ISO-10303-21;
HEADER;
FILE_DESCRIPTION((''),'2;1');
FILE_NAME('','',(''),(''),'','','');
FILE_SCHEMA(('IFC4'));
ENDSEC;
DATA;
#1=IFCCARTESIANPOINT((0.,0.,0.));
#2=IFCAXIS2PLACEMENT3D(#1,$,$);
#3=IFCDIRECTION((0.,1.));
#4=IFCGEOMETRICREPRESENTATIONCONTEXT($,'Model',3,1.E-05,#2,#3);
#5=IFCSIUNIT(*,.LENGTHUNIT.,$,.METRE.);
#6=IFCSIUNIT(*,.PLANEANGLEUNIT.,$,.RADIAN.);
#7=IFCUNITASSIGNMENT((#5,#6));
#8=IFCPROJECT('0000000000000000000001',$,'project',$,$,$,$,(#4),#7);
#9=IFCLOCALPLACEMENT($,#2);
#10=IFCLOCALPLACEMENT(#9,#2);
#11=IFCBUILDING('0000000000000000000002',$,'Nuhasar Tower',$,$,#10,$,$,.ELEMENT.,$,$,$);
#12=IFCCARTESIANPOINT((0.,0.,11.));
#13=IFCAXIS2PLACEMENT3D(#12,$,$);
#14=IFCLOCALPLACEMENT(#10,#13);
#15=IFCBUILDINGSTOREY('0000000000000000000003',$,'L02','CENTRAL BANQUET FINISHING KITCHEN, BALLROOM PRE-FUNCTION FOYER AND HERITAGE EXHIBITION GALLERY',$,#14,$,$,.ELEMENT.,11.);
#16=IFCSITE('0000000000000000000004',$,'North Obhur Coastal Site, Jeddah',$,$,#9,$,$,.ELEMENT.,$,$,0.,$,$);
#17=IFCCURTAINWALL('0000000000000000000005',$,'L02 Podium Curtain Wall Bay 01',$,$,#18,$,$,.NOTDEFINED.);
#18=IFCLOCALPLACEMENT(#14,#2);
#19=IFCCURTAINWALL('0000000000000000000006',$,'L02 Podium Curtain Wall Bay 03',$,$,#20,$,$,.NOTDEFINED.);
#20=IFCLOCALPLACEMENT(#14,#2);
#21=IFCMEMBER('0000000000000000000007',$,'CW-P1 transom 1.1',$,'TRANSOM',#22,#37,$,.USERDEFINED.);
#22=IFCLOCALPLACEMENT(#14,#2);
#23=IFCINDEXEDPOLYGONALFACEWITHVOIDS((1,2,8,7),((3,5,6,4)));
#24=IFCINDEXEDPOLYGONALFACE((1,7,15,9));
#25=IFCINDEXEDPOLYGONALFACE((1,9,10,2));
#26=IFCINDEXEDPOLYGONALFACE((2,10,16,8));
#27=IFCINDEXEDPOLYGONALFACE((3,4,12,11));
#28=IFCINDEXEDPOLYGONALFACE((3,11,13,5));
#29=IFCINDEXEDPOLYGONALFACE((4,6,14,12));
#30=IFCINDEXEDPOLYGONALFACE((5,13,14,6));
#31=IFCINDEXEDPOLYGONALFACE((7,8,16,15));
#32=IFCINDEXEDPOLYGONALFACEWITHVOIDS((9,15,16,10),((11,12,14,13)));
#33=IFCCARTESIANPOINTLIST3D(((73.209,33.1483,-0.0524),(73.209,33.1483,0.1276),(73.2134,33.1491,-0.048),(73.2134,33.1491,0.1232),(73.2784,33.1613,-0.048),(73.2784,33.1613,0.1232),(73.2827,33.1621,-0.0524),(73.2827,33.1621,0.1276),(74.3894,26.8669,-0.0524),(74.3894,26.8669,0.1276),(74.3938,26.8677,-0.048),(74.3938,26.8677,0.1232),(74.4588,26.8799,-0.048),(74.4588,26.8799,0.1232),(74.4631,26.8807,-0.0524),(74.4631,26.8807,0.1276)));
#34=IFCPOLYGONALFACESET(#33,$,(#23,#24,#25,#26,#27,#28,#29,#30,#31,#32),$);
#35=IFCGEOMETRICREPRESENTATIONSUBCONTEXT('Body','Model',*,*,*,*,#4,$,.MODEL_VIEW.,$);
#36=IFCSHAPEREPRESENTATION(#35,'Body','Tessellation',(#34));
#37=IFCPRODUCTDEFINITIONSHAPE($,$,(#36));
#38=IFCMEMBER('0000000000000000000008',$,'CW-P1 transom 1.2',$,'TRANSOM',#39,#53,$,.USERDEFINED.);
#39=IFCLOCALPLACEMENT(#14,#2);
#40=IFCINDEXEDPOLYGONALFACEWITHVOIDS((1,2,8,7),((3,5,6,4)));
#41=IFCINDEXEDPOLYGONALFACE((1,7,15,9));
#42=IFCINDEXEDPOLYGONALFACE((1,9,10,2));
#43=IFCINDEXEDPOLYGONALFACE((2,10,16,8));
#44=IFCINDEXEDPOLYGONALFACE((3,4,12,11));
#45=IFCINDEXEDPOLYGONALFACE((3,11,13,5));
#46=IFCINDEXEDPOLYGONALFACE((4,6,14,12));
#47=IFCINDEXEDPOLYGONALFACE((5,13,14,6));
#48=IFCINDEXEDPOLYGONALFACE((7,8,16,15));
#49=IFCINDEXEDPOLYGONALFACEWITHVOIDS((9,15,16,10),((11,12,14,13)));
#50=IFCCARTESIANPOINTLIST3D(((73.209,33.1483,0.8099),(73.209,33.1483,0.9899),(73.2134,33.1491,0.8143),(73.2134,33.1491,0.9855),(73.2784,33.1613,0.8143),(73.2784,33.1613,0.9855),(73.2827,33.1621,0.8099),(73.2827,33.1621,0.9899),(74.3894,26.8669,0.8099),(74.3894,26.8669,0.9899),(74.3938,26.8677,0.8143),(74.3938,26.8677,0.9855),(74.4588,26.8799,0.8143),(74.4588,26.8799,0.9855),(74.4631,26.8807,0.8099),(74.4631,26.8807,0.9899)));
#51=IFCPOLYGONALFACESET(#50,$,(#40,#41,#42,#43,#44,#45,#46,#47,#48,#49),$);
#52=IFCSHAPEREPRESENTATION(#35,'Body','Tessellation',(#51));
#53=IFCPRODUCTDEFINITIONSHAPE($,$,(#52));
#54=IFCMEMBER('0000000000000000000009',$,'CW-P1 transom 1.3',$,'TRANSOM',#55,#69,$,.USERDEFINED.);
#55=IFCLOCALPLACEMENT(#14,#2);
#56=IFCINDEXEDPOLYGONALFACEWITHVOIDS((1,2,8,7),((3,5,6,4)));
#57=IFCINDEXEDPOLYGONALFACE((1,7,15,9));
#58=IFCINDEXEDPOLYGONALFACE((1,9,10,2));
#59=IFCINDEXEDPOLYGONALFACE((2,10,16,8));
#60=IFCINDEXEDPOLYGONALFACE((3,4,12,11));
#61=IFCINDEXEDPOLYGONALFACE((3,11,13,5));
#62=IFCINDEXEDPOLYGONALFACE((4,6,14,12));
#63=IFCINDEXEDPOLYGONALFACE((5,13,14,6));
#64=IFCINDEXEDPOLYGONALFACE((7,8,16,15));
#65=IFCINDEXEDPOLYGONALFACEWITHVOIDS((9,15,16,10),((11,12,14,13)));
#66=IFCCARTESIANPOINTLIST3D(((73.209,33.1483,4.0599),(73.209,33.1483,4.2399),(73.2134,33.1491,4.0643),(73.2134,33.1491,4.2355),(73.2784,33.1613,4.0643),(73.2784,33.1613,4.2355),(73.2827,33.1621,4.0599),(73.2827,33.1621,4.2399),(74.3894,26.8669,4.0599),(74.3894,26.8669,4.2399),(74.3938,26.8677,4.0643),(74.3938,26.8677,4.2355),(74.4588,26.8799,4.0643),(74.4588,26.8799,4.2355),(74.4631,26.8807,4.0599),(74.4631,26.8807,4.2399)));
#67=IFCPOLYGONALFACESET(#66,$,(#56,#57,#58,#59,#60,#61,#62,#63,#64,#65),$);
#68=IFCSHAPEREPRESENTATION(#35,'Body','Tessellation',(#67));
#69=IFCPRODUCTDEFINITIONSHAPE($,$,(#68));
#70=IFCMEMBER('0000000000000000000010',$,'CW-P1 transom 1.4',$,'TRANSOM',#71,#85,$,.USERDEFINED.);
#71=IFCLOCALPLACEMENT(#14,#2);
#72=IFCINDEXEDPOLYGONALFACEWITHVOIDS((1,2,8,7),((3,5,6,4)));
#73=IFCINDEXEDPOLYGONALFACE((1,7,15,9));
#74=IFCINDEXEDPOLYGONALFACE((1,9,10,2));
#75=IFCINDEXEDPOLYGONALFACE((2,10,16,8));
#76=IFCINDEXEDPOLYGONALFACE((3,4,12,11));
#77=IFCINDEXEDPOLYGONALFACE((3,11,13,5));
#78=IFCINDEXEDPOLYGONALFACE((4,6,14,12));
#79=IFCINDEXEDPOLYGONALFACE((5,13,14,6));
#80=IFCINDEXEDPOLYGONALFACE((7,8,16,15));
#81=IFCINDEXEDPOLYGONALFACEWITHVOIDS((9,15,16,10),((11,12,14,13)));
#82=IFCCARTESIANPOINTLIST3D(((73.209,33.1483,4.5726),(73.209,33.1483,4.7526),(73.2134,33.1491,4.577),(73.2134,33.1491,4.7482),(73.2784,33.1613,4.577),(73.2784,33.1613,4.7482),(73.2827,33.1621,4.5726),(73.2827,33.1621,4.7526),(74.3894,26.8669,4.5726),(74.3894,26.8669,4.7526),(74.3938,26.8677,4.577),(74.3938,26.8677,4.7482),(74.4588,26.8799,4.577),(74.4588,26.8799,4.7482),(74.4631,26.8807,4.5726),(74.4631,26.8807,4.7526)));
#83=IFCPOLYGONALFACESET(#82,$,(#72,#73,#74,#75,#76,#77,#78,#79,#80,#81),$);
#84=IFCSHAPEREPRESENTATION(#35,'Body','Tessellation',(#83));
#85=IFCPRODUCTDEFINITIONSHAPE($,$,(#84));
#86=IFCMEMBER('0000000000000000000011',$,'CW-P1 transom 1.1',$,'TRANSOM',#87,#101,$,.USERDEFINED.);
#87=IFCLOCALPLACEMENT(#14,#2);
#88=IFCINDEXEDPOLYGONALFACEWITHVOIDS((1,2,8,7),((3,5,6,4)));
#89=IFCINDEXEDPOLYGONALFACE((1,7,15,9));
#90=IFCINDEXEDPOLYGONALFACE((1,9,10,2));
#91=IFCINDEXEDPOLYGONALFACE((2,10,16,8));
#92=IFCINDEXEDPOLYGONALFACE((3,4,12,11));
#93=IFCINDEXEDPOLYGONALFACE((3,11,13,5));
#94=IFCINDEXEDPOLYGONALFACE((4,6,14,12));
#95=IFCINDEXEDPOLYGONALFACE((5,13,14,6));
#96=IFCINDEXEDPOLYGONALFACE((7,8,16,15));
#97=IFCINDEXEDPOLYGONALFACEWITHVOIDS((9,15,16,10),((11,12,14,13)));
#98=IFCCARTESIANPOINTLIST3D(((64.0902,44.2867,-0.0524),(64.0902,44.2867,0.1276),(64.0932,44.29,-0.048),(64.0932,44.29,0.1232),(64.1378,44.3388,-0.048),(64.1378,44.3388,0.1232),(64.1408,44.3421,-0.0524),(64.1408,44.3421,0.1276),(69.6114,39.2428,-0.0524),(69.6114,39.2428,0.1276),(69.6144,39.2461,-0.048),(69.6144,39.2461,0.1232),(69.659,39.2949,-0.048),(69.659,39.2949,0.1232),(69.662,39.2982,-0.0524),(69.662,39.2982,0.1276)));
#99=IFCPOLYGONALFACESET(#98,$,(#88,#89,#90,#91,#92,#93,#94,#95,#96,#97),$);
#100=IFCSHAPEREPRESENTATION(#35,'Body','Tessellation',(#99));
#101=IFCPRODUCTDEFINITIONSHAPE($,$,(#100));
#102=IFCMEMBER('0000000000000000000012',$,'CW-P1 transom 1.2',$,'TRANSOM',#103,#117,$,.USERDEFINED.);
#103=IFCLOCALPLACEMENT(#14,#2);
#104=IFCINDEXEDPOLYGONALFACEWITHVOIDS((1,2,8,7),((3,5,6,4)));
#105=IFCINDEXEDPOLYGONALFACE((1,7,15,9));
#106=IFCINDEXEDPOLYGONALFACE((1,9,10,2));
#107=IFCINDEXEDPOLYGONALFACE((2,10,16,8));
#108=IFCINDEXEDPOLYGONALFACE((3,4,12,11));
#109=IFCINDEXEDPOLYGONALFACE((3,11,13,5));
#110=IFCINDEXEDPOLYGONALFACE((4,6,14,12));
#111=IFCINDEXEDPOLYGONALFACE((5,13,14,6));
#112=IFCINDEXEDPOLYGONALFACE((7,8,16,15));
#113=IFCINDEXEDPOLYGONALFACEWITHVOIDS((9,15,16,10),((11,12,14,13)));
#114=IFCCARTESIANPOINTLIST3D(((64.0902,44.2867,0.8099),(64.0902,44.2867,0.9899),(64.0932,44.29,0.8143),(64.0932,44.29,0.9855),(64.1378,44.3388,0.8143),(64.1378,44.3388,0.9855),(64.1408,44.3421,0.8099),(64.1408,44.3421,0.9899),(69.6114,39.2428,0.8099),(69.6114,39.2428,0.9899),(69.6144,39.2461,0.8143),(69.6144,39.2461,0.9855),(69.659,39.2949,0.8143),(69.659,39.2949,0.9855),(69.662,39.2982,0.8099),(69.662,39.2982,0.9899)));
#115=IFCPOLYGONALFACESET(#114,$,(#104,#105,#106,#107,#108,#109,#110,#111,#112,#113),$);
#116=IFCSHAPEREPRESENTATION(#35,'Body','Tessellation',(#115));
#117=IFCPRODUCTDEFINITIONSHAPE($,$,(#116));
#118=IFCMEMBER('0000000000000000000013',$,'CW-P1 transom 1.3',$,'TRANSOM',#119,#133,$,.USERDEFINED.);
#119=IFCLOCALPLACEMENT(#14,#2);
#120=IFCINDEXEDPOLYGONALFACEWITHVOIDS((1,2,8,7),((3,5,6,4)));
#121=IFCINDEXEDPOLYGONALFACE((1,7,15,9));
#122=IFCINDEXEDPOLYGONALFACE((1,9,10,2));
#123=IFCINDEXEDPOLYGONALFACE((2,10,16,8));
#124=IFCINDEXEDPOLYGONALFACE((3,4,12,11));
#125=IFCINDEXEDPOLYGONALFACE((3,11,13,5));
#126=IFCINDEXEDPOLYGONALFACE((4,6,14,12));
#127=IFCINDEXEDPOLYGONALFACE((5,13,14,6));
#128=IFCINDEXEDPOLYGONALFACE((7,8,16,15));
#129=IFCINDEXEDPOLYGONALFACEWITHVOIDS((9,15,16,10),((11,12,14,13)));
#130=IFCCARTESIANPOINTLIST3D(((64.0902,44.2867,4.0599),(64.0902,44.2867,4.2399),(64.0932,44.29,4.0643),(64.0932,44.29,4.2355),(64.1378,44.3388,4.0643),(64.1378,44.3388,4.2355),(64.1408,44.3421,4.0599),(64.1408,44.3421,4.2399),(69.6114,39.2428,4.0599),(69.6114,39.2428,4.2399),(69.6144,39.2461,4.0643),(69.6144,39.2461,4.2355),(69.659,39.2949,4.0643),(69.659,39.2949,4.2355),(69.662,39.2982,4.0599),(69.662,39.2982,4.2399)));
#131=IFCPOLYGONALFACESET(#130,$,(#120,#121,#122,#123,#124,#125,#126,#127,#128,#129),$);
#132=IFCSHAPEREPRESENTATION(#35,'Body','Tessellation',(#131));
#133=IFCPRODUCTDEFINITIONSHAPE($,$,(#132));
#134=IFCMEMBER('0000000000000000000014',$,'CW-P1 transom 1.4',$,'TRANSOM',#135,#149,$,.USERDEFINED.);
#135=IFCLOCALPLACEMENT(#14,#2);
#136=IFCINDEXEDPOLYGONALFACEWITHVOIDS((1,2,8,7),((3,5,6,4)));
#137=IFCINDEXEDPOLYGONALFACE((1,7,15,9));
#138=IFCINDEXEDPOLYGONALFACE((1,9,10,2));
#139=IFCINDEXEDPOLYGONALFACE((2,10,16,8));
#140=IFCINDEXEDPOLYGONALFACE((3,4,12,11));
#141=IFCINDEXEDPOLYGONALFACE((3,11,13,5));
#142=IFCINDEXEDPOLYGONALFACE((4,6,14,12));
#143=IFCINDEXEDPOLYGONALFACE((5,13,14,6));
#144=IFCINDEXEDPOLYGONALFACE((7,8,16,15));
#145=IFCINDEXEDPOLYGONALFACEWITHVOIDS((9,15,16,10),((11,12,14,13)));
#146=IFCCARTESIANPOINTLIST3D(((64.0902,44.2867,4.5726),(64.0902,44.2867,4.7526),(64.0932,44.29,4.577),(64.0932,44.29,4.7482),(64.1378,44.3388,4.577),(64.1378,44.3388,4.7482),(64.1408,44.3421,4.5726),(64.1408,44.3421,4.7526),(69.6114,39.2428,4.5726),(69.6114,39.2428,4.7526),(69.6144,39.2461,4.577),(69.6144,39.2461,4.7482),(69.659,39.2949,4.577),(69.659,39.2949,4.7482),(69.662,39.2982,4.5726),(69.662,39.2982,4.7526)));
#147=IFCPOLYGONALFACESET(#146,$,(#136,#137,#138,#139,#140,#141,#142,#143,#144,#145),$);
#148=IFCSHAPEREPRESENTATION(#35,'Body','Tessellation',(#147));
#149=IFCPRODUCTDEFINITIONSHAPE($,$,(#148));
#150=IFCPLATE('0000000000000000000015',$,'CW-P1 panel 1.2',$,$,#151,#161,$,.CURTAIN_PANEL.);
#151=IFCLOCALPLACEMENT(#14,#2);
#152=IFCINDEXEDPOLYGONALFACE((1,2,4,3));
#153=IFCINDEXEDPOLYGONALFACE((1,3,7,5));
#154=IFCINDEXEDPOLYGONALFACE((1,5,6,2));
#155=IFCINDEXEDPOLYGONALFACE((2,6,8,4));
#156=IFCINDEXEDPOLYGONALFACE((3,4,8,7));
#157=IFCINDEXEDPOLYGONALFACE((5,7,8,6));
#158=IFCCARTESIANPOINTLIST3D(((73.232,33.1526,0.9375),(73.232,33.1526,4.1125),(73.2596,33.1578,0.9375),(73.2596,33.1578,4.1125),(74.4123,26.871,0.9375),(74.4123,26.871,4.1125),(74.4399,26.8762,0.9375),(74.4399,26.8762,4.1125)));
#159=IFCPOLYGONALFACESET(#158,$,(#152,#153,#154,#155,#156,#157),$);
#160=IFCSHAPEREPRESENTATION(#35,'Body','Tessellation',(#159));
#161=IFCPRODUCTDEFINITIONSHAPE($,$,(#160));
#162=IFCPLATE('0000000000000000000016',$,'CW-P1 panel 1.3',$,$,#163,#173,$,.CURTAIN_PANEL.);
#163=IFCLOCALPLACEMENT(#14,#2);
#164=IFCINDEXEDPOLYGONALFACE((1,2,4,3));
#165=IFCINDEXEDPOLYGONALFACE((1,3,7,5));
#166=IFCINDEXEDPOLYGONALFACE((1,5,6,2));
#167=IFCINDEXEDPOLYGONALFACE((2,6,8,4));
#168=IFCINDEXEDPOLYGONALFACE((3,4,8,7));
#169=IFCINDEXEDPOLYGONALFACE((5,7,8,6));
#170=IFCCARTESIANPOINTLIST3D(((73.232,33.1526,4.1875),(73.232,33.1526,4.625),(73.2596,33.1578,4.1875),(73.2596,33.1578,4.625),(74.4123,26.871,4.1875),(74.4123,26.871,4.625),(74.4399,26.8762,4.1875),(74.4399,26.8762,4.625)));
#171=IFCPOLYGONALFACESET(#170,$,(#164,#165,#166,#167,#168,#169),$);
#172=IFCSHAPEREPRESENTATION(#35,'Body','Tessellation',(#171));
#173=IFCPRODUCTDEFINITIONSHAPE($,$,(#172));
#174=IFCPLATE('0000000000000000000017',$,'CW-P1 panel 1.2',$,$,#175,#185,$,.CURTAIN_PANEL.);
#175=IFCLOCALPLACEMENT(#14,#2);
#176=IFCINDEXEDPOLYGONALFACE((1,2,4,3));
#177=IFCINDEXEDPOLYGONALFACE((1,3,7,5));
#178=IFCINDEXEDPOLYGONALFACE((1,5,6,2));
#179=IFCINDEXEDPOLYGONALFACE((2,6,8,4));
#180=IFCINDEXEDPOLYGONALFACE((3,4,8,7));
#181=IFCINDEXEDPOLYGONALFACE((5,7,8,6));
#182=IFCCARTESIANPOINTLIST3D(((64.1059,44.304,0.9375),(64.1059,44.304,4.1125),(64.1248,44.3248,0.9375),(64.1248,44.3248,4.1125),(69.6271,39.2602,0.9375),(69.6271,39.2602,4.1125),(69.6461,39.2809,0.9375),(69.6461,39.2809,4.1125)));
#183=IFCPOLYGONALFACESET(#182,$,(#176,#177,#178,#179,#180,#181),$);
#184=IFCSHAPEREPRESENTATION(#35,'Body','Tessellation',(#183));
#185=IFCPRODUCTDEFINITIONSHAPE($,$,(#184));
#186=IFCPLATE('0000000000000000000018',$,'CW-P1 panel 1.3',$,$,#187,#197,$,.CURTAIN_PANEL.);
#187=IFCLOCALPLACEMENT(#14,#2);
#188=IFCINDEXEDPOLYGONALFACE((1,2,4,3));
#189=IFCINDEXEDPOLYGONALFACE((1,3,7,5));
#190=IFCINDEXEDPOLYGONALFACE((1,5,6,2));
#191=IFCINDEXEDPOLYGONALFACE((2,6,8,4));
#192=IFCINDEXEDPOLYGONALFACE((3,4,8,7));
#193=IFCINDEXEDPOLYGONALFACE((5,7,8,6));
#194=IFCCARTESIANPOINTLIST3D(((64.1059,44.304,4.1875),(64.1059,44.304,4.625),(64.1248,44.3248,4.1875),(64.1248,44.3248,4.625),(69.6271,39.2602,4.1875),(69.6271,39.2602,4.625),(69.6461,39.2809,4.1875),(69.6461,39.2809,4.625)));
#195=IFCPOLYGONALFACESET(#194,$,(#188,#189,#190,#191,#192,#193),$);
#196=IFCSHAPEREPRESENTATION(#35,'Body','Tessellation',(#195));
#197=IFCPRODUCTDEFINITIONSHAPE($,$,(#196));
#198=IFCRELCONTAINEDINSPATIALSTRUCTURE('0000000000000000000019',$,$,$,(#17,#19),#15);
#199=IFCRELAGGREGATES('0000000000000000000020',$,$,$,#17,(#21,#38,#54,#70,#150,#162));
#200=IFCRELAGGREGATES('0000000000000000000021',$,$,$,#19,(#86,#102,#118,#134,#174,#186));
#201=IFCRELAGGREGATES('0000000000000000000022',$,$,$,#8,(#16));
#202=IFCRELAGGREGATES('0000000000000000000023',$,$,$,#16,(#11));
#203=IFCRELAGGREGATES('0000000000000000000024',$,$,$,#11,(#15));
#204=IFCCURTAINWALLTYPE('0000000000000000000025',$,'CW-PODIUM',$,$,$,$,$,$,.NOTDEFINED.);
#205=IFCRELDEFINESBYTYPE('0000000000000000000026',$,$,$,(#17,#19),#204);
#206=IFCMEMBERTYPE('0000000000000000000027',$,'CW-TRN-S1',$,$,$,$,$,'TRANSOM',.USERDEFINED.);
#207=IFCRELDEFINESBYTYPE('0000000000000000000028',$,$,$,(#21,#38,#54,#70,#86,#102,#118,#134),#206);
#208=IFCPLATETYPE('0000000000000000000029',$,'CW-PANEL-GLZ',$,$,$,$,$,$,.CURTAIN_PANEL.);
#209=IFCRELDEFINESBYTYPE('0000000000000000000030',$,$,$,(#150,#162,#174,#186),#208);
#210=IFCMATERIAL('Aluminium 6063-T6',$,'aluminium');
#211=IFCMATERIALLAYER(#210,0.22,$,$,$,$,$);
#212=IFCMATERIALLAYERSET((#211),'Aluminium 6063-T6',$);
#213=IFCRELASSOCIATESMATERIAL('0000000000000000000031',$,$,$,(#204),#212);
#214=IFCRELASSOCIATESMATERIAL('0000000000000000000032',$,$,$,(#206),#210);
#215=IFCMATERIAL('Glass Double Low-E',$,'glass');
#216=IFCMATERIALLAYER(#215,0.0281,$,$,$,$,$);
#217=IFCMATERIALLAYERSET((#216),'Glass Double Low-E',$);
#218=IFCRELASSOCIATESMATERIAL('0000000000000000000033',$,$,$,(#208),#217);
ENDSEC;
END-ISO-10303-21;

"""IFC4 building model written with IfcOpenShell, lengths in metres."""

from ifc_helpers import new_model, si_unit, direction, frame, origin, origin_2d, place, context, subcontext, project, spatial, rectangle, hollow_rectangle, extrude, material, layer, layer_set, material_profile, profile_set, type_object, element, aggregate, save


model = new_model("IFC4")

# Units and contexts
model_context = context("Model", 3, precision=1e-05, world=origin(), true_north=direction((0.0, 1.0)))
body_context = subcontext(model_context, "Body", "Model", "MODEL_VIEW")
ifc_project = project(units=[si_unit("LENGTHUNIT", "METRE"), si_unit("PLANEANGLEUNIT", "RADIAN")], contexts=[model_context])

# Site, building, storey
site_placement = place(None, origin())
site = spatial("IfcSite", under=ifc_project, at=site_placement, Name="North Obhur Coastal Site, Jeddah", CompositionType="ELEMENT", RefElevation=0.0)
building_placement = place(site_placement, origin())
building = spatial("IfcBuilding", under=site, at=building_placement, Name="Nuhasar Tower", CompositionType="ELEMENT")
storey_placement = place(building_placement, frame((0.0, 0.0, 11.0)))
storey = spatial("IfcBuildingStorey", under=building, at=storey_placement, Name="L02", Description="CENTRAL BANQUET FINISHING KITCHEN, BALLROOM PRE-FUNCTION FOYER AND HERITAGE EXHIBITION GALLERY", CompositionType="ELEMENT", Elevation=11.0)

# Curtain walls
ifc_material_1 = material(Name="Aluminium 6063-T6", Category="aluminium")
ifc_layer_1 = layer(ifc_material_1, 0.22)
ifc_layer_set_1 = layer_set([ifc_layer_1], Name="Aluminium 6063-T6")
curtain_wall_type = type_object("IfcCurtainWallType", Name="CW-PODIUM", PredefinedType="NOTDEFINED", material=ifc_layer_set_1)
curtain_wall_1_placement = place(storey_placement, origin())
curtain_wall_1 = element("IfcCurtainWall", 1, at=curtain_wall_1_placement, inside=storey, type_object=curtain_wall_type, Name="L02 Podium Curtain Wall Bay 01", PredefinedType="NOTDEFINED")
curtain_wall_2_placement = place(storey_placement, origin())
curtain_wall_2 = element("IfcCurtainWall", 2, at=curtain_wall_2_placement, inside=storey, type_object=curtain_wall_type, Name="L02 Podium Curtain Wall Bay 03", PredefinedType="NOTDEFINED")

# Members
ifc_material_profile_1 = material_profile(ifc_material_1, hollow_rectangle(XDim=0.075, YDim=0.1799, WallThickness=0.0044, at=origin_2d()), Name="CWT-1")
ifc_profile_set_1 = profile_set([ifc_material_profile_1], Name="Aluminium 6063-T6")
member_type_1 = type_object("IfcMemberType", Name="CW-TRN-S1", ElementType="TRANSOM", PredefinedType="USERDEFINED", material=ifc_profile_set_1)
member_1_placement = place(storey_placement, frame((74.4263, 26.8738, 0.0376), z_axis=(-0.184688, 0.982797, 0.0), x_axis=(-0.982797, -0.184688, 0.0)))
member_1 = element("IfcMember", 3, at=member_1_placement, type_object=member_type_1, Name="CW-P1 transom 1.1", ObjectType="TRANSOM", PredefinedType="USERDEFINED", context=body_context, shape_type="SweptSolid", body=[
    extrude(hollow_rectangle(XDim=0.075, YDim=0.1799, WallThickness=0.0044, at=origin_2d()), origin(), (0.0, 0.0, 1.0), 6.3914),
])
member_2_placement = place(storey_placement, frame((74.4263, 26.8738, 0.8999), z_axis=(-0.184688, 0.982797, 0.0), x_axis=(-0.982797, -0.184688, 0.0)))
member_2 = element("IfcMember", 4, at=member_2_placement, type_object=member_type_1, Name="CW-P1 transom 1.2", ObjectType="TRANSOM", PredefinedType="USERDEFINED", context=body_context, shape_type="SweptSolid", body=[
    extrude(hollow_rectangle(XDim=0.075, YDim=0.1799, WallThickness=0.0044, at=origin_2d()), origin(), (0.0, 0.0, 1.0), 6.3914),
])
member_3_placement = place(storey_placement, frame((74.4263, 26.8738, 4.1499), z_axis=(-0.184688, 0.982797, 0.0), x_axis=(-0.982797, -0.184688, 0.0)))
member_3 = element("IfcMember", 5, at=member_3_placement, type_object=member_type_1, Name="CW-P1 transom 1.3", ObjectType="TRANSOM", PredefinedType="USERDEFINED", context=body_context, shape_type="SweptSolid", body=[
    extrude(hollow_rectangle(XDim=0.075, YDim=0.1799, WallThickness=0.0044, at=origin_2d()), origin(), (0.0, 0.0, 1.0), 6.3914),
])
member_4_placement = place(storey_placement, frame((74.4263, 26.8738, 4.6626), z_axis=(-0.184688, 0.982797, 0.0), x_axis=(-0.982797, -0.184688, 0.0)))
member_4 = element("IfcMember", 6, at=member_4_placement, type_object=member_type_1, Name="CW-P1 transom 1.4", ObjectType="TRANSOM", PredefinedType="USERDEFINED", context=body_context, shape_type="SweptSolid", body=[
    extrude(hollow_rectangle(XDim=0.075, YDim=0.1799, WallThickness=0.0044, at=origin_2d()), origin(), (0.0, 0.0, 1.0), 6.3914),
])
member_5_placement = place(storey_placement, frame((69.6367, 39.2705, 0.0376), z_axis=(-0.738298, 0.674474, 0.0), x_axis=(-0.674474, -0.738298, 0.0)))
member_5 = element("IfcMember", 7, at=member_5_placement, type_object=member_type_1, Name="CW-P1 transom 1.1", ObjectType="TRANSOM", PredefinedType="USERDEFINED", context=body_context, shape_type="SweptSolid", body=[
    extrude(hollow_rectangle(XDim=0.075, YDim=0.1799, WallThickness=0.0044, at=origin_2d()), origin(), (0.0, 0.0, 1.0), 7.4783),
])
member_6_placement = place(storey_placement, frame((69.6367, 39.2705, 0.8999), z_axis=(-0.738298, 0.674474, 0.0), x_axis=(-0.674474, -0.738298, 0.0)))
member_6 = element("IfcMember", 8, at=member_6_placement, type_object=member_type_1, Name="CW-P1 transom 1.2", ObjectType="TRANSOM", PredefinedType="USERDEFINED", context=body_context, shape_type="SweptSolid", body=[
    extrude(hollow_rectangle(XDim=0.075, YDim=0.1799, WallThickness=0.0044, at=origin_2d()), origin(), (0.0, 0.0, 1.0), 7.4783),
])
member_7_placement = place(storey_placement, frame((69.6367, 39.2705, 4.1499), z_axis=(-0.738298, 0.674474, 0.0), x_axis=(-0.674474, -0.738298, 0.0)))
member_7 = element("IfcMember", 9, at=member_7_placement, type_object=member_type_1, Name="CW-P1 transom 1.3", ObjectType="TRANSOM", PredefinedType="USERDEFINED", context=body_context, shape_type="SweptSolid", body=[
    extrude(hollow_rectangle(XDim=0.075, YDim=0.1799, WallThickness=0.0044, at=origin_2d()), origin(), (0.0, 0.0, 1.0), 7.4783),
])
member_8_placement = place(storey_placement, frame((69.6367, 39.2705, 4.6626), z_axis=(-0.738298, 0.674474, 0.0), x_axis=(-0.674474, -0.738298, 0.0)))
member_8 = element("IfcMember", 10, at=member_8_placement, type_object=member_type_1, Name="CW-P1 transom 1.4", ObjectType="TRANSOM", PredefinedType="USERDEFINED", context=body_context, shape_type="SweptSolid", body=[
    extrude(hollow_rectangle(XDim=0.075, YDim=0.1799, WallThickness=0.0044, at=origin_2d()), origin(), (0.0, 0.0, 1.0), 7.4783),
])

# Plates
ifc_material_2 = material(Name="Glass Double Low-E", Category="glass")
ifc_layer_2 = layer(ifc_material_2, 0.0281)
ifc_layer_set_2 = layer_set([ifc_layer_2], Name="Glass Double Low-E")
plate_type_1 = type_object("IfcPlateType", Name="CW-PANEL-GLZ", PredefinedType="CURTAIN_PANEL", material=ifc_layer_set_2)
plate_1_placement = place(storey_placement, frame((73.8359, 30.0144, 0.9375), z_axis=(0.0, 0.0, 1.0), x_axis=(-0.184667, 0.982801, 0.0)))
plate_1 = element("IfcPlate", 11, at=plate_1_placement, type_object=plate_type_1, Name="CW-P1 panel 1.2", PredefinedType="CURTAIN_PANEL", context=body_context, shape_type="SweptSolid", body=[
    extrude(rectangle(XDim=6.3916, YDim=0.0281, at=origin_2d()), origin(), (0.0, 0.0, 1.0), 3.175),
])
plate_2_placement = place(storey_placement, frame((73.8359, 30.0144, 4.1875), z_axis=(0.0, 0.0, 1.0), x_axis=(-0.184667, 0.982801, 0.0)))
plate_2 = element("IfcPlate", 12, at=plate_2_placement, type_object=plate_type_1, Name="CW-P1 panel 1.3", PredefinedType="CURTAIN_PANEL", context=body_context, shape_type="SweptSolid", body=[
    extrude(rectangle(XDim=6.3916, YDim=0.0281, at=origin_2d()), origin(), (0.0, 0.0, 1.0), 0.4375),
])
plate_3_placement = place(storey_placement, frame((66.876, 41.7925, 0.9375), z_axis=(0.0, 0.0, 1.0), x_axis=(-0.738307, 0.674465, 0.0)))
plate_3 = element("IfcPlate", 13, at=plate_3_placement, type_object=plate_type_1, Name="CW-P1 panel 1.2", PredefinedType="CURTAIN_PANEL", context=body_context, shape_type="SweptSolid", body=[
    extrude(rectangle(XDim=7.4783, YDim=0.0281, at=origin_2d()), origin(), (0.0, 0.0, 1.0), 3.175),
])
plate_4_placement = place(storey_placement, frame((66.876, 41.7925, 4.1875), z_axis=(0.0, 0.0, 1.0), x_axis=(-0.738307, 0.674465, 0.0)))
plate_4 = element("IfcPlate", 14, at=plate_4_placement, type_object=plate_type_1, Name="CW-P1 panel 1.3", PredefinedType="CURTAIN_PANEL", context=body_context, shape_type="SweptSolid", body=[
    extrude(rectangle(XDim=7.4783, YDim=0.0281, at=origin_2d()), origin(), (0.0, 0.0, 1.0), 0.4375),
])
aggregate(curtain_wall_1, [member_1, member_2, member_3, member_4, plate_1, plate_2])
aggregate(curtain_wall_2, [member_5, member_6, member_7, member_8, plate_3, plate_4])

save(model, "model.ifc")
